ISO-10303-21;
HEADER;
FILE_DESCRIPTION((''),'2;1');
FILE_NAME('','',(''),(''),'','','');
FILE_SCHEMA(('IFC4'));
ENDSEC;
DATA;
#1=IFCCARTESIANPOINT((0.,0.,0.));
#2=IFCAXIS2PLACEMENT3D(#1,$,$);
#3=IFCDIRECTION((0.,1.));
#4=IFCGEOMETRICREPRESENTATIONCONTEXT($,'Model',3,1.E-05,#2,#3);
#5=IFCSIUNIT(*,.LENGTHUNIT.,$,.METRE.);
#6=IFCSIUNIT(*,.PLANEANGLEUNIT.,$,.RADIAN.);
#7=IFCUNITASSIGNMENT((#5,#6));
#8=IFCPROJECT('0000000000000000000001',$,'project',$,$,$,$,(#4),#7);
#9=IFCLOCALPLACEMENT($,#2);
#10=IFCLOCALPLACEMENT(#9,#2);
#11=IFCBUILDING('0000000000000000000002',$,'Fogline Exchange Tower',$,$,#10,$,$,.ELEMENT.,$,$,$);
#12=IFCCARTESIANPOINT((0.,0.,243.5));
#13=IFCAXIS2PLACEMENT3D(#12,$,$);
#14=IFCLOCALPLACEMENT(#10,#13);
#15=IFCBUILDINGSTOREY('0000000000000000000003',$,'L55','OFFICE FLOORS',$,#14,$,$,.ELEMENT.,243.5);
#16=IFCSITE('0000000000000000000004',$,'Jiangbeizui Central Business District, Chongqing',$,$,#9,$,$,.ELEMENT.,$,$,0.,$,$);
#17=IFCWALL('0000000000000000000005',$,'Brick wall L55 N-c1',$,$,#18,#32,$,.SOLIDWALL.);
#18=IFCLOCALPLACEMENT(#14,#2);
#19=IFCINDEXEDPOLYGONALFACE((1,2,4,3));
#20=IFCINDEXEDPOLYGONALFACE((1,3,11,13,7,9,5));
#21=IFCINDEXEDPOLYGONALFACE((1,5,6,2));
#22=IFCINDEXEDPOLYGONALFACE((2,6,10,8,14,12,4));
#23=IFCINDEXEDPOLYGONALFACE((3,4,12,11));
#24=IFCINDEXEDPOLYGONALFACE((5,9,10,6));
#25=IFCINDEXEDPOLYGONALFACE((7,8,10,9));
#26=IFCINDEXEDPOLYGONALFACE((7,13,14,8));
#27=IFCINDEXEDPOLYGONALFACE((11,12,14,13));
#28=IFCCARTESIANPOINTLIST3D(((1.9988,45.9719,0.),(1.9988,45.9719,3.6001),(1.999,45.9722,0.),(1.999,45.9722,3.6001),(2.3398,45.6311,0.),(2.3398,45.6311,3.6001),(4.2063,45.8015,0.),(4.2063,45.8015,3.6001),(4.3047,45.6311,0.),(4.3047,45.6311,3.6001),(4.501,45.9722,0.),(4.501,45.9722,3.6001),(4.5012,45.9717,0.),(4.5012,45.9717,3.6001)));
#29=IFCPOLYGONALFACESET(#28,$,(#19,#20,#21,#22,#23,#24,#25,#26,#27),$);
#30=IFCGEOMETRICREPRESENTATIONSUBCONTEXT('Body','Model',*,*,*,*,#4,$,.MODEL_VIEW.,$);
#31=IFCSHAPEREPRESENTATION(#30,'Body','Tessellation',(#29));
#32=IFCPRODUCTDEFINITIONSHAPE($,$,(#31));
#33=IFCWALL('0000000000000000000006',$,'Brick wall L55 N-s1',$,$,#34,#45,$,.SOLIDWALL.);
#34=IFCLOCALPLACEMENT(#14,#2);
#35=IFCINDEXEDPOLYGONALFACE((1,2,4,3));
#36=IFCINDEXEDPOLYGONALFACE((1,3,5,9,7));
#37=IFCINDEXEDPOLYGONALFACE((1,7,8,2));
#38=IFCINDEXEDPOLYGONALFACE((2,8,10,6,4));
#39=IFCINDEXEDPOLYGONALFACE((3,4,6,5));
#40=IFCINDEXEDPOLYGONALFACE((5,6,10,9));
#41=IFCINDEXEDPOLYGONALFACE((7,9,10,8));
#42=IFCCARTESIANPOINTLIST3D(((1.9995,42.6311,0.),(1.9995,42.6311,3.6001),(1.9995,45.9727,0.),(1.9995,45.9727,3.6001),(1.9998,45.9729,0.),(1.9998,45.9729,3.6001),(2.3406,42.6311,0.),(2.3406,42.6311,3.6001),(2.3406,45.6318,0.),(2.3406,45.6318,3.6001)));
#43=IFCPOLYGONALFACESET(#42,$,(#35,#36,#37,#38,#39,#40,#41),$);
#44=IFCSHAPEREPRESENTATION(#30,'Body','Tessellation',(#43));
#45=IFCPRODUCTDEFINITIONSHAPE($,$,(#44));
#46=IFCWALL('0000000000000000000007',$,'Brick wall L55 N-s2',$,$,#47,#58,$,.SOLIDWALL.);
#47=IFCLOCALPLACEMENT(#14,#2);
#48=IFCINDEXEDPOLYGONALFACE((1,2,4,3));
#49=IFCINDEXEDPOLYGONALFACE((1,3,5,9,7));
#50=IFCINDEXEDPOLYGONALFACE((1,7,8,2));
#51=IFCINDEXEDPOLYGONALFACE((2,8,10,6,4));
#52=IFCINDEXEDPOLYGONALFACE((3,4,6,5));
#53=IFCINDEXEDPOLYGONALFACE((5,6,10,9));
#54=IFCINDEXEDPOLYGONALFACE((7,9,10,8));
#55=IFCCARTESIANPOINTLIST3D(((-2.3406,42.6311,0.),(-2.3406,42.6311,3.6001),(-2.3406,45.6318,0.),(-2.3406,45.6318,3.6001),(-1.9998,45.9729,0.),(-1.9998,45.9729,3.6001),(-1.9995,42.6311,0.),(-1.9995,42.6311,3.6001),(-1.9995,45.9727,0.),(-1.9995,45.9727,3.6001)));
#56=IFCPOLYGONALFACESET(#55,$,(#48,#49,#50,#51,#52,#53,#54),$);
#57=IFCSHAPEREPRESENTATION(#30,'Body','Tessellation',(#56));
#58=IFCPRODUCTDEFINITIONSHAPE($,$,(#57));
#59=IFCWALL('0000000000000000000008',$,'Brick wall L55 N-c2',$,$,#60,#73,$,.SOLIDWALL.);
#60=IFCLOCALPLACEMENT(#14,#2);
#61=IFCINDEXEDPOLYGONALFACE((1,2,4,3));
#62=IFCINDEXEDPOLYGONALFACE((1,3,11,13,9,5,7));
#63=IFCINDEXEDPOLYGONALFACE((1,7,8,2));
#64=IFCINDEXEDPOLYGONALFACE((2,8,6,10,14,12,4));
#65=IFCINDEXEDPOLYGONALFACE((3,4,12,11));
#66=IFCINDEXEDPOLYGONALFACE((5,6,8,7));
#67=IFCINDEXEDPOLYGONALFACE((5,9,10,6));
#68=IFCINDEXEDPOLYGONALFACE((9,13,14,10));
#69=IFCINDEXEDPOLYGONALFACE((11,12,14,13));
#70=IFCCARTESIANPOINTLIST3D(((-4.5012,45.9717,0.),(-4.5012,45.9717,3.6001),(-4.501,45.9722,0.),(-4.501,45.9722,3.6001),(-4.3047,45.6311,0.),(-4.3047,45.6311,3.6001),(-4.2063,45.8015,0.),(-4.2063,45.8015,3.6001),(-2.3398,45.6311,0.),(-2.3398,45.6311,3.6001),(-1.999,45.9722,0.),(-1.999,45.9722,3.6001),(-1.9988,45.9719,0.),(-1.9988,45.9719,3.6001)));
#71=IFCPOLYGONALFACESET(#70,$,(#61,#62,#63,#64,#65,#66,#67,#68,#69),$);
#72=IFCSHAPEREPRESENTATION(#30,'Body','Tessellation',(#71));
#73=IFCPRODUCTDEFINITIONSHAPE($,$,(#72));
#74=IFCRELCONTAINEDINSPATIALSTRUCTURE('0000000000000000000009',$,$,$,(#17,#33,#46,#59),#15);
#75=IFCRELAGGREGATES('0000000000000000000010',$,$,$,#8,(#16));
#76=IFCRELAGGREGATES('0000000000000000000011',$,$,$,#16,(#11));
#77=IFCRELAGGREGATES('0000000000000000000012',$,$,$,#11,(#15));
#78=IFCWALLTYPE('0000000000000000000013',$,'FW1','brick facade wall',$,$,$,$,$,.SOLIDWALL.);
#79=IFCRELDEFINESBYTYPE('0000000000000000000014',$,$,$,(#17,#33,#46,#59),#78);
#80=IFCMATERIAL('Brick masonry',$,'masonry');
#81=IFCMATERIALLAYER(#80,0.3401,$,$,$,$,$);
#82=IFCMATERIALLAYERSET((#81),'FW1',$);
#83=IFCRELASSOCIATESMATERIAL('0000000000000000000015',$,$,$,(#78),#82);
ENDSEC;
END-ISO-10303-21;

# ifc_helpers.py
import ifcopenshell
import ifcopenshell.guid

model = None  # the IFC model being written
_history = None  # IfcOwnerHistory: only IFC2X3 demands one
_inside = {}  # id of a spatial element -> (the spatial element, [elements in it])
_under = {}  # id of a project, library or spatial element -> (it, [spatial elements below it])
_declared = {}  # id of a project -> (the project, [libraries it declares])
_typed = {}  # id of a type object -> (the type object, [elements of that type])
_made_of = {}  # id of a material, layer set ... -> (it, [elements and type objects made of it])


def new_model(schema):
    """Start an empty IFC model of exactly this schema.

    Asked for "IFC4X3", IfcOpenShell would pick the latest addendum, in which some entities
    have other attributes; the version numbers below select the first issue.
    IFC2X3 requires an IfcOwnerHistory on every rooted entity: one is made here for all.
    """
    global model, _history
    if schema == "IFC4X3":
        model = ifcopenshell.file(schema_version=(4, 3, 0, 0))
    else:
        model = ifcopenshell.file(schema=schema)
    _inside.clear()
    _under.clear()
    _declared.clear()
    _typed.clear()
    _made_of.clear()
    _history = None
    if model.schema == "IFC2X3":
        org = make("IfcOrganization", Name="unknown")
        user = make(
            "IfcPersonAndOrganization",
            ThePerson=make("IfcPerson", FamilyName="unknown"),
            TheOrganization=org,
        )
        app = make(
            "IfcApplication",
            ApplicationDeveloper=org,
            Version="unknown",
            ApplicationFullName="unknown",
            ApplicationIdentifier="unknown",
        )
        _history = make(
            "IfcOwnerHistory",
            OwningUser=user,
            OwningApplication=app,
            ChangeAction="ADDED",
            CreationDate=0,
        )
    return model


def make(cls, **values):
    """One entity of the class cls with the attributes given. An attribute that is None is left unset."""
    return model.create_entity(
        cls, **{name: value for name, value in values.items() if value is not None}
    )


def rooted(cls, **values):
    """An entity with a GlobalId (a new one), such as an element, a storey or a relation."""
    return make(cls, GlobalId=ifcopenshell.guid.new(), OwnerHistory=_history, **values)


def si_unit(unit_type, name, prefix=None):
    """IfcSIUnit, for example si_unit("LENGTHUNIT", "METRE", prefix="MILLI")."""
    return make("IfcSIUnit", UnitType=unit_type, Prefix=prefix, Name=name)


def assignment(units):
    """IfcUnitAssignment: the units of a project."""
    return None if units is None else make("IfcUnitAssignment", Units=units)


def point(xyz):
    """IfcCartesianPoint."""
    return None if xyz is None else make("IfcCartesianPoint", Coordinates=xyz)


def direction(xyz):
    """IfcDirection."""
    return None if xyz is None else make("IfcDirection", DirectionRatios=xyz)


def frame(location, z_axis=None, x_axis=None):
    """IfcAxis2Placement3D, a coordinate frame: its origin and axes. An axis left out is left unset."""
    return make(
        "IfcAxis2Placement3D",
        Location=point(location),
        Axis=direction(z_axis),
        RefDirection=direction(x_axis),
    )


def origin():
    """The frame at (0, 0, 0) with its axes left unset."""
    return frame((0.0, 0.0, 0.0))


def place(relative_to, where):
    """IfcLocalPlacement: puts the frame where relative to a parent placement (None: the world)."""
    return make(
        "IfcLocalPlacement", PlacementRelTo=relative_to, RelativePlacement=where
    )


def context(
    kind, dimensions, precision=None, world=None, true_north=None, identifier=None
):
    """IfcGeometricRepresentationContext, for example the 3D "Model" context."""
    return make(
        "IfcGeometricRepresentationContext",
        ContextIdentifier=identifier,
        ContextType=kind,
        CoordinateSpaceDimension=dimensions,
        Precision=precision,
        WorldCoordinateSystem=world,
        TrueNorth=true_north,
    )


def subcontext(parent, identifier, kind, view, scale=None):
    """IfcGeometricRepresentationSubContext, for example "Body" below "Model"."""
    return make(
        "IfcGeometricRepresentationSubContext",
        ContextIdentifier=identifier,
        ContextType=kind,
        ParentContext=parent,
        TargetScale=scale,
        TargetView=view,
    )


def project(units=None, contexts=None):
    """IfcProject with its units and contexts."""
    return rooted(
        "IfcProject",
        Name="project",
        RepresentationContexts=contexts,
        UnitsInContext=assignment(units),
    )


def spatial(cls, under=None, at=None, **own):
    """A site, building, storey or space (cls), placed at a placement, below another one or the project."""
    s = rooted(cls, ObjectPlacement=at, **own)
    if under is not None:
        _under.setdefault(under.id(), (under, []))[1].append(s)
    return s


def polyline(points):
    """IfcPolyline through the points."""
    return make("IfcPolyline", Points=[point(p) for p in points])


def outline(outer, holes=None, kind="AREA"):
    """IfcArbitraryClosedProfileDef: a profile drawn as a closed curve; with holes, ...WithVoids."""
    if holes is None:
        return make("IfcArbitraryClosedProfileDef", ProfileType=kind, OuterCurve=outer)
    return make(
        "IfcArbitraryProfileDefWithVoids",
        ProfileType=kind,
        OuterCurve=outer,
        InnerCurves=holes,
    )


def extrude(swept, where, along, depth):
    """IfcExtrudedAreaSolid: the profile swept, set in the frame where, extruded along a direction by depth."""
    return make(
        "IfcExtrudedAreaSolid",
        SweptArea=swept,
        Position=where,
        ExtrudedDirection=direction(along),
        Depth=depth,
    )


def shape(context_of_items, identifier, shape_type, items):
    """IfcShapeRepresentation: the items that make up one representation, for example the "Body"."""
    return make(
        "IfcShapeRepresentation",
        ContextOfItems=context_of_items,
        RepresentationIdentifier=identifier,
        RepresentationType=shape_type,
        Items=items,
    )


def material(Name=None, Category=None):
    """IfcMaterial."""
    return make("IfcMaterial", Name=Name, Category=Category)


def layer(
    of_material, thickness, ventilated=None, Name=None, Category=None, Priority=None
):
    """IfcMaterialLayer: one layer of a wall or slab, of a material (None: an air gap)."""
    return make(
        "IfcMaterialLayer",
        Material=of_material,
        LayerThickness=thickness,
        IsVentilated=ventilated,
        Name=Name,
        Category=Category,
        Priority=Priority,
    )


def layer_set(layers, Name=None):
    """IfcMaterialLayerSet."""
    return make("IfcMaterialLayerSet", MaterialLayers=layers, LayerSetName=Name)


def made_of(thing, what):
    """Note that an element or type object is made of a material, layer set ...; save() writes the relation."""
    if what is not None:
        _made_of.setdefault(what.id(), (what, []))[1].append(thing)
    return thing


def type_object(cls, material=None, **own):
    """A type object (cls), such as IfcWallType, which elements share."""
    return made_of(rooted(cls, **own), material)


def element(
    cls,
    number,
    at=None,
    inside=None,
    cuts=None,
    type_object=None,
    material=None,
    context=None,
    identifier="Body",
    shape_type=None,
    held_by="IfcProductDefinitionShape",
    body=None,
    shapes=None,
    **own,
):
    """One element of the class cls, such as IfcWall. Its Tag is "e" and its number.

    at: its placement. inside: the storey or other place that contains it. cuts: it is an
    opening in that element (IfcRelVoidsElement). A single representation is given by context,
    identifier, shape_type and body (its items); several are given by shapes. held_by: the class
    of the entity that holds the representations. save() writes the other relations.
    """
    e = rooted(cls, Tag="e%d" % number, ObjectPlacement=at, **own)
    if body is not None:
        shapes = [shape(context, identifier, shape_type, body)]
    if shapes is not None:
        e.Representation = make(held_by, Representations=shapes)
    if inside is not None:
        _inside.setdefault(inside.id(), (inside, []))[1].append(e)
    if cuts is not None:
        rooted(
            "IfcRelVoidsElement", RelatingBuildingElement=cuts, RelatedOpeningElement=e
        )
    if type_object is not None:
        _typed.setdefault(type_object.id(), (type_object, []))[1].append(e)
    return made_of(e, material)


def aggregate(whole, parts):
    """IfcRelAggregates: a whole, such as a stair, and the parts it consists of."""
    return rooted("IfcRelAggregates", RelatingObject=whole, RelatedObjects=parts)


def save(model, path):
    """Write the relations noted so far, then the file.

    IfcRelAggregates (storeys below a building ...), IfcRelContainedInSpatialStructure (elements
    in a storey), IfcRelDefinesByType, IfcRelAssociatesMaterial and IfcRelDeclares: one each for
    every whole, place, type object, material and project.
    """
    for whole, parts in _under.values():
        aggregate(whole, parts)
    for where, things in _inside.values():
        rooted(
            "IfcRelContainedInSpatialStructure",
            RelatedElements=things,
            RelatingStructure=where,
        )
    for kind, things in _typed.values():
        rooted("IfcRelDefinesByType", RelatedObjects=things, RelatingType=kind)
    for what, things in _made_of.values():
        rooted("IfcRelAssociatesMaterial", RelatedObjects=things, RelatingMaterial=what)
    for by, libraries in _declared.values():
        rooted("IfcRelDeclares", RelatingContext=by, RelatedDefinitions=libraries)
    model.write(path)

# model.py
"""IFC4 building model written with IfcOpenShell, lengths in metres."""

from ifc_helpers import new_model, si_unit, direction, frame, origin, place, context, subcontext, project, spatial, polyline, outline, extrude, material, layer, layer_set, type_object, element, save


model = new_model("IFC4")

# Units and contexts
model_context = context("Model", 3, precision=1e-05, world=origin(), true_north=direction((0.0, 1.0)))
body_context = subcontext(model_context, "Body", "Model", "MODEL_VIEW")
ifc_project = project(units=[si_unit("LENGTHUNIT", "METRE"), si_unit("PLANEANGLEUNIT", "RADIAN")], contexts=[model_context])

# Site, building, storey
site_placement = place(None, origin())
site = spatial("IfcSite", under=ifc_project, at=site_placement, Name="Jiangbeizui Central Business District, Chongqing", CompositionType="ELEMENT", RefElevation=0.0)
building_placement = place(site_placement, origin())
building = spatial("IfcBuilding", under=site, at=building_placement, Name="Fogline Exchange Tower", CompositionType="ELEMENT")
storey_placement = place(building_placement, frame((0.0, 0.0, 243.5)))
storey = spatial("IfcBuildingStorey", under=building, at=storey_placement, Name="L55", Description="OFFICE FLOORS", CompositionType="ELEMENT", Elevation=243.5)

# Walls
ifc_material_1 = material(Name="Brick masonry", Category="masonry")
ifc_layer_1 = layer(ifc_material_1, 0.3401)
ifc_layer_set_1 = layer_set([ifc_layer_1], Name="FW1")
wall_type = type_object("IfcWallType", Name="FW1", Description="brick facade wall", PredefinedType="SOLIDWALL", material=ifc_layer_set_1)
wall_1_placement = place(storey_placement, origin())
element("IfcWall", 1, at=wall_1_placement, inside=storey, type_object=wall_type, Name="Brick wall L55 N-c1", PredefinedType="SOLIDWALL", context=body_context, shape_type="SweptSolid", body=[
    extrude(outline(polyline([(1.999, 45.9722), (4.501, 45.9722), (4.5012, 45.9717), (4.2063, 45.8015), (4.3047, 45.6311), (2.3398, 45.6311), (1.9988, 45.9719), (1.999, 45.9722)])), origin(), (0.0, 0.0, 1.0), 3.6001),
])
wall_2_placement = place(storey_placement, origin())
element("IfcWall", 2, at=wall_2_placement, inside=storey, type_object=wall_type, Name="Brick wall L55 N-s1", PredefinedType="SOLIDWALL", context=body_context, shape_type="SweptSolid", body=[
    extrude(outline(polyline([(2.3406, 42.6311), (1.9995, 42.6311), (1.9995, 45.9727), (1.9998, 45.9729), (2.3406, 45.6318), (2.3406, 42.6311)])), origin(), (0.0, 0.0, 1.0), 3.6001),
])
wall_3_placement = place(storey_placement, origin())
element("IfcWall", 3, at=wall_3_placement, inside=storey, type_object=wall_type, Name="Brick wall L55 N-s2", PredefinedType="SOLIDWALL", context=body_context, shape_type="SweptSolid", body=[
    extrude(outline(polyline([(-1.9995, 45.9727), (-1.9995, 42.6311), (-2.3406, 42.6311), (-2.3406, 45.6318), (-1.9998, 45.9729), (-1.9995, 45.9727)])), origin(), (0.0, 0.0, 1.0), 3.6001),
])
wall_4_placement = place(storey_placement, origin())
element("IfcWall", 4, at=wall_4_placement, inside=storey, type_object=wall_type, Name="Brick wall L55 N-c2", PredefinedType="SOLIDWALL", context=body_context, shape_type="SweptSolid", body=[
    extrude(outline(polyline([(-4.3047, 45.6311), (-4.2063, 45.8015), (-4.5012, 45.9717), (-4.501, 45.9722), (-1.999, 45.9722), (-1.9988, 45.9719), (-2.3398, 45.6311), (-4.3047, 45.6311)])), origin(), (0.0, 0.0, 1.0), 3.6001),
])

save(model, "model.ifc")
